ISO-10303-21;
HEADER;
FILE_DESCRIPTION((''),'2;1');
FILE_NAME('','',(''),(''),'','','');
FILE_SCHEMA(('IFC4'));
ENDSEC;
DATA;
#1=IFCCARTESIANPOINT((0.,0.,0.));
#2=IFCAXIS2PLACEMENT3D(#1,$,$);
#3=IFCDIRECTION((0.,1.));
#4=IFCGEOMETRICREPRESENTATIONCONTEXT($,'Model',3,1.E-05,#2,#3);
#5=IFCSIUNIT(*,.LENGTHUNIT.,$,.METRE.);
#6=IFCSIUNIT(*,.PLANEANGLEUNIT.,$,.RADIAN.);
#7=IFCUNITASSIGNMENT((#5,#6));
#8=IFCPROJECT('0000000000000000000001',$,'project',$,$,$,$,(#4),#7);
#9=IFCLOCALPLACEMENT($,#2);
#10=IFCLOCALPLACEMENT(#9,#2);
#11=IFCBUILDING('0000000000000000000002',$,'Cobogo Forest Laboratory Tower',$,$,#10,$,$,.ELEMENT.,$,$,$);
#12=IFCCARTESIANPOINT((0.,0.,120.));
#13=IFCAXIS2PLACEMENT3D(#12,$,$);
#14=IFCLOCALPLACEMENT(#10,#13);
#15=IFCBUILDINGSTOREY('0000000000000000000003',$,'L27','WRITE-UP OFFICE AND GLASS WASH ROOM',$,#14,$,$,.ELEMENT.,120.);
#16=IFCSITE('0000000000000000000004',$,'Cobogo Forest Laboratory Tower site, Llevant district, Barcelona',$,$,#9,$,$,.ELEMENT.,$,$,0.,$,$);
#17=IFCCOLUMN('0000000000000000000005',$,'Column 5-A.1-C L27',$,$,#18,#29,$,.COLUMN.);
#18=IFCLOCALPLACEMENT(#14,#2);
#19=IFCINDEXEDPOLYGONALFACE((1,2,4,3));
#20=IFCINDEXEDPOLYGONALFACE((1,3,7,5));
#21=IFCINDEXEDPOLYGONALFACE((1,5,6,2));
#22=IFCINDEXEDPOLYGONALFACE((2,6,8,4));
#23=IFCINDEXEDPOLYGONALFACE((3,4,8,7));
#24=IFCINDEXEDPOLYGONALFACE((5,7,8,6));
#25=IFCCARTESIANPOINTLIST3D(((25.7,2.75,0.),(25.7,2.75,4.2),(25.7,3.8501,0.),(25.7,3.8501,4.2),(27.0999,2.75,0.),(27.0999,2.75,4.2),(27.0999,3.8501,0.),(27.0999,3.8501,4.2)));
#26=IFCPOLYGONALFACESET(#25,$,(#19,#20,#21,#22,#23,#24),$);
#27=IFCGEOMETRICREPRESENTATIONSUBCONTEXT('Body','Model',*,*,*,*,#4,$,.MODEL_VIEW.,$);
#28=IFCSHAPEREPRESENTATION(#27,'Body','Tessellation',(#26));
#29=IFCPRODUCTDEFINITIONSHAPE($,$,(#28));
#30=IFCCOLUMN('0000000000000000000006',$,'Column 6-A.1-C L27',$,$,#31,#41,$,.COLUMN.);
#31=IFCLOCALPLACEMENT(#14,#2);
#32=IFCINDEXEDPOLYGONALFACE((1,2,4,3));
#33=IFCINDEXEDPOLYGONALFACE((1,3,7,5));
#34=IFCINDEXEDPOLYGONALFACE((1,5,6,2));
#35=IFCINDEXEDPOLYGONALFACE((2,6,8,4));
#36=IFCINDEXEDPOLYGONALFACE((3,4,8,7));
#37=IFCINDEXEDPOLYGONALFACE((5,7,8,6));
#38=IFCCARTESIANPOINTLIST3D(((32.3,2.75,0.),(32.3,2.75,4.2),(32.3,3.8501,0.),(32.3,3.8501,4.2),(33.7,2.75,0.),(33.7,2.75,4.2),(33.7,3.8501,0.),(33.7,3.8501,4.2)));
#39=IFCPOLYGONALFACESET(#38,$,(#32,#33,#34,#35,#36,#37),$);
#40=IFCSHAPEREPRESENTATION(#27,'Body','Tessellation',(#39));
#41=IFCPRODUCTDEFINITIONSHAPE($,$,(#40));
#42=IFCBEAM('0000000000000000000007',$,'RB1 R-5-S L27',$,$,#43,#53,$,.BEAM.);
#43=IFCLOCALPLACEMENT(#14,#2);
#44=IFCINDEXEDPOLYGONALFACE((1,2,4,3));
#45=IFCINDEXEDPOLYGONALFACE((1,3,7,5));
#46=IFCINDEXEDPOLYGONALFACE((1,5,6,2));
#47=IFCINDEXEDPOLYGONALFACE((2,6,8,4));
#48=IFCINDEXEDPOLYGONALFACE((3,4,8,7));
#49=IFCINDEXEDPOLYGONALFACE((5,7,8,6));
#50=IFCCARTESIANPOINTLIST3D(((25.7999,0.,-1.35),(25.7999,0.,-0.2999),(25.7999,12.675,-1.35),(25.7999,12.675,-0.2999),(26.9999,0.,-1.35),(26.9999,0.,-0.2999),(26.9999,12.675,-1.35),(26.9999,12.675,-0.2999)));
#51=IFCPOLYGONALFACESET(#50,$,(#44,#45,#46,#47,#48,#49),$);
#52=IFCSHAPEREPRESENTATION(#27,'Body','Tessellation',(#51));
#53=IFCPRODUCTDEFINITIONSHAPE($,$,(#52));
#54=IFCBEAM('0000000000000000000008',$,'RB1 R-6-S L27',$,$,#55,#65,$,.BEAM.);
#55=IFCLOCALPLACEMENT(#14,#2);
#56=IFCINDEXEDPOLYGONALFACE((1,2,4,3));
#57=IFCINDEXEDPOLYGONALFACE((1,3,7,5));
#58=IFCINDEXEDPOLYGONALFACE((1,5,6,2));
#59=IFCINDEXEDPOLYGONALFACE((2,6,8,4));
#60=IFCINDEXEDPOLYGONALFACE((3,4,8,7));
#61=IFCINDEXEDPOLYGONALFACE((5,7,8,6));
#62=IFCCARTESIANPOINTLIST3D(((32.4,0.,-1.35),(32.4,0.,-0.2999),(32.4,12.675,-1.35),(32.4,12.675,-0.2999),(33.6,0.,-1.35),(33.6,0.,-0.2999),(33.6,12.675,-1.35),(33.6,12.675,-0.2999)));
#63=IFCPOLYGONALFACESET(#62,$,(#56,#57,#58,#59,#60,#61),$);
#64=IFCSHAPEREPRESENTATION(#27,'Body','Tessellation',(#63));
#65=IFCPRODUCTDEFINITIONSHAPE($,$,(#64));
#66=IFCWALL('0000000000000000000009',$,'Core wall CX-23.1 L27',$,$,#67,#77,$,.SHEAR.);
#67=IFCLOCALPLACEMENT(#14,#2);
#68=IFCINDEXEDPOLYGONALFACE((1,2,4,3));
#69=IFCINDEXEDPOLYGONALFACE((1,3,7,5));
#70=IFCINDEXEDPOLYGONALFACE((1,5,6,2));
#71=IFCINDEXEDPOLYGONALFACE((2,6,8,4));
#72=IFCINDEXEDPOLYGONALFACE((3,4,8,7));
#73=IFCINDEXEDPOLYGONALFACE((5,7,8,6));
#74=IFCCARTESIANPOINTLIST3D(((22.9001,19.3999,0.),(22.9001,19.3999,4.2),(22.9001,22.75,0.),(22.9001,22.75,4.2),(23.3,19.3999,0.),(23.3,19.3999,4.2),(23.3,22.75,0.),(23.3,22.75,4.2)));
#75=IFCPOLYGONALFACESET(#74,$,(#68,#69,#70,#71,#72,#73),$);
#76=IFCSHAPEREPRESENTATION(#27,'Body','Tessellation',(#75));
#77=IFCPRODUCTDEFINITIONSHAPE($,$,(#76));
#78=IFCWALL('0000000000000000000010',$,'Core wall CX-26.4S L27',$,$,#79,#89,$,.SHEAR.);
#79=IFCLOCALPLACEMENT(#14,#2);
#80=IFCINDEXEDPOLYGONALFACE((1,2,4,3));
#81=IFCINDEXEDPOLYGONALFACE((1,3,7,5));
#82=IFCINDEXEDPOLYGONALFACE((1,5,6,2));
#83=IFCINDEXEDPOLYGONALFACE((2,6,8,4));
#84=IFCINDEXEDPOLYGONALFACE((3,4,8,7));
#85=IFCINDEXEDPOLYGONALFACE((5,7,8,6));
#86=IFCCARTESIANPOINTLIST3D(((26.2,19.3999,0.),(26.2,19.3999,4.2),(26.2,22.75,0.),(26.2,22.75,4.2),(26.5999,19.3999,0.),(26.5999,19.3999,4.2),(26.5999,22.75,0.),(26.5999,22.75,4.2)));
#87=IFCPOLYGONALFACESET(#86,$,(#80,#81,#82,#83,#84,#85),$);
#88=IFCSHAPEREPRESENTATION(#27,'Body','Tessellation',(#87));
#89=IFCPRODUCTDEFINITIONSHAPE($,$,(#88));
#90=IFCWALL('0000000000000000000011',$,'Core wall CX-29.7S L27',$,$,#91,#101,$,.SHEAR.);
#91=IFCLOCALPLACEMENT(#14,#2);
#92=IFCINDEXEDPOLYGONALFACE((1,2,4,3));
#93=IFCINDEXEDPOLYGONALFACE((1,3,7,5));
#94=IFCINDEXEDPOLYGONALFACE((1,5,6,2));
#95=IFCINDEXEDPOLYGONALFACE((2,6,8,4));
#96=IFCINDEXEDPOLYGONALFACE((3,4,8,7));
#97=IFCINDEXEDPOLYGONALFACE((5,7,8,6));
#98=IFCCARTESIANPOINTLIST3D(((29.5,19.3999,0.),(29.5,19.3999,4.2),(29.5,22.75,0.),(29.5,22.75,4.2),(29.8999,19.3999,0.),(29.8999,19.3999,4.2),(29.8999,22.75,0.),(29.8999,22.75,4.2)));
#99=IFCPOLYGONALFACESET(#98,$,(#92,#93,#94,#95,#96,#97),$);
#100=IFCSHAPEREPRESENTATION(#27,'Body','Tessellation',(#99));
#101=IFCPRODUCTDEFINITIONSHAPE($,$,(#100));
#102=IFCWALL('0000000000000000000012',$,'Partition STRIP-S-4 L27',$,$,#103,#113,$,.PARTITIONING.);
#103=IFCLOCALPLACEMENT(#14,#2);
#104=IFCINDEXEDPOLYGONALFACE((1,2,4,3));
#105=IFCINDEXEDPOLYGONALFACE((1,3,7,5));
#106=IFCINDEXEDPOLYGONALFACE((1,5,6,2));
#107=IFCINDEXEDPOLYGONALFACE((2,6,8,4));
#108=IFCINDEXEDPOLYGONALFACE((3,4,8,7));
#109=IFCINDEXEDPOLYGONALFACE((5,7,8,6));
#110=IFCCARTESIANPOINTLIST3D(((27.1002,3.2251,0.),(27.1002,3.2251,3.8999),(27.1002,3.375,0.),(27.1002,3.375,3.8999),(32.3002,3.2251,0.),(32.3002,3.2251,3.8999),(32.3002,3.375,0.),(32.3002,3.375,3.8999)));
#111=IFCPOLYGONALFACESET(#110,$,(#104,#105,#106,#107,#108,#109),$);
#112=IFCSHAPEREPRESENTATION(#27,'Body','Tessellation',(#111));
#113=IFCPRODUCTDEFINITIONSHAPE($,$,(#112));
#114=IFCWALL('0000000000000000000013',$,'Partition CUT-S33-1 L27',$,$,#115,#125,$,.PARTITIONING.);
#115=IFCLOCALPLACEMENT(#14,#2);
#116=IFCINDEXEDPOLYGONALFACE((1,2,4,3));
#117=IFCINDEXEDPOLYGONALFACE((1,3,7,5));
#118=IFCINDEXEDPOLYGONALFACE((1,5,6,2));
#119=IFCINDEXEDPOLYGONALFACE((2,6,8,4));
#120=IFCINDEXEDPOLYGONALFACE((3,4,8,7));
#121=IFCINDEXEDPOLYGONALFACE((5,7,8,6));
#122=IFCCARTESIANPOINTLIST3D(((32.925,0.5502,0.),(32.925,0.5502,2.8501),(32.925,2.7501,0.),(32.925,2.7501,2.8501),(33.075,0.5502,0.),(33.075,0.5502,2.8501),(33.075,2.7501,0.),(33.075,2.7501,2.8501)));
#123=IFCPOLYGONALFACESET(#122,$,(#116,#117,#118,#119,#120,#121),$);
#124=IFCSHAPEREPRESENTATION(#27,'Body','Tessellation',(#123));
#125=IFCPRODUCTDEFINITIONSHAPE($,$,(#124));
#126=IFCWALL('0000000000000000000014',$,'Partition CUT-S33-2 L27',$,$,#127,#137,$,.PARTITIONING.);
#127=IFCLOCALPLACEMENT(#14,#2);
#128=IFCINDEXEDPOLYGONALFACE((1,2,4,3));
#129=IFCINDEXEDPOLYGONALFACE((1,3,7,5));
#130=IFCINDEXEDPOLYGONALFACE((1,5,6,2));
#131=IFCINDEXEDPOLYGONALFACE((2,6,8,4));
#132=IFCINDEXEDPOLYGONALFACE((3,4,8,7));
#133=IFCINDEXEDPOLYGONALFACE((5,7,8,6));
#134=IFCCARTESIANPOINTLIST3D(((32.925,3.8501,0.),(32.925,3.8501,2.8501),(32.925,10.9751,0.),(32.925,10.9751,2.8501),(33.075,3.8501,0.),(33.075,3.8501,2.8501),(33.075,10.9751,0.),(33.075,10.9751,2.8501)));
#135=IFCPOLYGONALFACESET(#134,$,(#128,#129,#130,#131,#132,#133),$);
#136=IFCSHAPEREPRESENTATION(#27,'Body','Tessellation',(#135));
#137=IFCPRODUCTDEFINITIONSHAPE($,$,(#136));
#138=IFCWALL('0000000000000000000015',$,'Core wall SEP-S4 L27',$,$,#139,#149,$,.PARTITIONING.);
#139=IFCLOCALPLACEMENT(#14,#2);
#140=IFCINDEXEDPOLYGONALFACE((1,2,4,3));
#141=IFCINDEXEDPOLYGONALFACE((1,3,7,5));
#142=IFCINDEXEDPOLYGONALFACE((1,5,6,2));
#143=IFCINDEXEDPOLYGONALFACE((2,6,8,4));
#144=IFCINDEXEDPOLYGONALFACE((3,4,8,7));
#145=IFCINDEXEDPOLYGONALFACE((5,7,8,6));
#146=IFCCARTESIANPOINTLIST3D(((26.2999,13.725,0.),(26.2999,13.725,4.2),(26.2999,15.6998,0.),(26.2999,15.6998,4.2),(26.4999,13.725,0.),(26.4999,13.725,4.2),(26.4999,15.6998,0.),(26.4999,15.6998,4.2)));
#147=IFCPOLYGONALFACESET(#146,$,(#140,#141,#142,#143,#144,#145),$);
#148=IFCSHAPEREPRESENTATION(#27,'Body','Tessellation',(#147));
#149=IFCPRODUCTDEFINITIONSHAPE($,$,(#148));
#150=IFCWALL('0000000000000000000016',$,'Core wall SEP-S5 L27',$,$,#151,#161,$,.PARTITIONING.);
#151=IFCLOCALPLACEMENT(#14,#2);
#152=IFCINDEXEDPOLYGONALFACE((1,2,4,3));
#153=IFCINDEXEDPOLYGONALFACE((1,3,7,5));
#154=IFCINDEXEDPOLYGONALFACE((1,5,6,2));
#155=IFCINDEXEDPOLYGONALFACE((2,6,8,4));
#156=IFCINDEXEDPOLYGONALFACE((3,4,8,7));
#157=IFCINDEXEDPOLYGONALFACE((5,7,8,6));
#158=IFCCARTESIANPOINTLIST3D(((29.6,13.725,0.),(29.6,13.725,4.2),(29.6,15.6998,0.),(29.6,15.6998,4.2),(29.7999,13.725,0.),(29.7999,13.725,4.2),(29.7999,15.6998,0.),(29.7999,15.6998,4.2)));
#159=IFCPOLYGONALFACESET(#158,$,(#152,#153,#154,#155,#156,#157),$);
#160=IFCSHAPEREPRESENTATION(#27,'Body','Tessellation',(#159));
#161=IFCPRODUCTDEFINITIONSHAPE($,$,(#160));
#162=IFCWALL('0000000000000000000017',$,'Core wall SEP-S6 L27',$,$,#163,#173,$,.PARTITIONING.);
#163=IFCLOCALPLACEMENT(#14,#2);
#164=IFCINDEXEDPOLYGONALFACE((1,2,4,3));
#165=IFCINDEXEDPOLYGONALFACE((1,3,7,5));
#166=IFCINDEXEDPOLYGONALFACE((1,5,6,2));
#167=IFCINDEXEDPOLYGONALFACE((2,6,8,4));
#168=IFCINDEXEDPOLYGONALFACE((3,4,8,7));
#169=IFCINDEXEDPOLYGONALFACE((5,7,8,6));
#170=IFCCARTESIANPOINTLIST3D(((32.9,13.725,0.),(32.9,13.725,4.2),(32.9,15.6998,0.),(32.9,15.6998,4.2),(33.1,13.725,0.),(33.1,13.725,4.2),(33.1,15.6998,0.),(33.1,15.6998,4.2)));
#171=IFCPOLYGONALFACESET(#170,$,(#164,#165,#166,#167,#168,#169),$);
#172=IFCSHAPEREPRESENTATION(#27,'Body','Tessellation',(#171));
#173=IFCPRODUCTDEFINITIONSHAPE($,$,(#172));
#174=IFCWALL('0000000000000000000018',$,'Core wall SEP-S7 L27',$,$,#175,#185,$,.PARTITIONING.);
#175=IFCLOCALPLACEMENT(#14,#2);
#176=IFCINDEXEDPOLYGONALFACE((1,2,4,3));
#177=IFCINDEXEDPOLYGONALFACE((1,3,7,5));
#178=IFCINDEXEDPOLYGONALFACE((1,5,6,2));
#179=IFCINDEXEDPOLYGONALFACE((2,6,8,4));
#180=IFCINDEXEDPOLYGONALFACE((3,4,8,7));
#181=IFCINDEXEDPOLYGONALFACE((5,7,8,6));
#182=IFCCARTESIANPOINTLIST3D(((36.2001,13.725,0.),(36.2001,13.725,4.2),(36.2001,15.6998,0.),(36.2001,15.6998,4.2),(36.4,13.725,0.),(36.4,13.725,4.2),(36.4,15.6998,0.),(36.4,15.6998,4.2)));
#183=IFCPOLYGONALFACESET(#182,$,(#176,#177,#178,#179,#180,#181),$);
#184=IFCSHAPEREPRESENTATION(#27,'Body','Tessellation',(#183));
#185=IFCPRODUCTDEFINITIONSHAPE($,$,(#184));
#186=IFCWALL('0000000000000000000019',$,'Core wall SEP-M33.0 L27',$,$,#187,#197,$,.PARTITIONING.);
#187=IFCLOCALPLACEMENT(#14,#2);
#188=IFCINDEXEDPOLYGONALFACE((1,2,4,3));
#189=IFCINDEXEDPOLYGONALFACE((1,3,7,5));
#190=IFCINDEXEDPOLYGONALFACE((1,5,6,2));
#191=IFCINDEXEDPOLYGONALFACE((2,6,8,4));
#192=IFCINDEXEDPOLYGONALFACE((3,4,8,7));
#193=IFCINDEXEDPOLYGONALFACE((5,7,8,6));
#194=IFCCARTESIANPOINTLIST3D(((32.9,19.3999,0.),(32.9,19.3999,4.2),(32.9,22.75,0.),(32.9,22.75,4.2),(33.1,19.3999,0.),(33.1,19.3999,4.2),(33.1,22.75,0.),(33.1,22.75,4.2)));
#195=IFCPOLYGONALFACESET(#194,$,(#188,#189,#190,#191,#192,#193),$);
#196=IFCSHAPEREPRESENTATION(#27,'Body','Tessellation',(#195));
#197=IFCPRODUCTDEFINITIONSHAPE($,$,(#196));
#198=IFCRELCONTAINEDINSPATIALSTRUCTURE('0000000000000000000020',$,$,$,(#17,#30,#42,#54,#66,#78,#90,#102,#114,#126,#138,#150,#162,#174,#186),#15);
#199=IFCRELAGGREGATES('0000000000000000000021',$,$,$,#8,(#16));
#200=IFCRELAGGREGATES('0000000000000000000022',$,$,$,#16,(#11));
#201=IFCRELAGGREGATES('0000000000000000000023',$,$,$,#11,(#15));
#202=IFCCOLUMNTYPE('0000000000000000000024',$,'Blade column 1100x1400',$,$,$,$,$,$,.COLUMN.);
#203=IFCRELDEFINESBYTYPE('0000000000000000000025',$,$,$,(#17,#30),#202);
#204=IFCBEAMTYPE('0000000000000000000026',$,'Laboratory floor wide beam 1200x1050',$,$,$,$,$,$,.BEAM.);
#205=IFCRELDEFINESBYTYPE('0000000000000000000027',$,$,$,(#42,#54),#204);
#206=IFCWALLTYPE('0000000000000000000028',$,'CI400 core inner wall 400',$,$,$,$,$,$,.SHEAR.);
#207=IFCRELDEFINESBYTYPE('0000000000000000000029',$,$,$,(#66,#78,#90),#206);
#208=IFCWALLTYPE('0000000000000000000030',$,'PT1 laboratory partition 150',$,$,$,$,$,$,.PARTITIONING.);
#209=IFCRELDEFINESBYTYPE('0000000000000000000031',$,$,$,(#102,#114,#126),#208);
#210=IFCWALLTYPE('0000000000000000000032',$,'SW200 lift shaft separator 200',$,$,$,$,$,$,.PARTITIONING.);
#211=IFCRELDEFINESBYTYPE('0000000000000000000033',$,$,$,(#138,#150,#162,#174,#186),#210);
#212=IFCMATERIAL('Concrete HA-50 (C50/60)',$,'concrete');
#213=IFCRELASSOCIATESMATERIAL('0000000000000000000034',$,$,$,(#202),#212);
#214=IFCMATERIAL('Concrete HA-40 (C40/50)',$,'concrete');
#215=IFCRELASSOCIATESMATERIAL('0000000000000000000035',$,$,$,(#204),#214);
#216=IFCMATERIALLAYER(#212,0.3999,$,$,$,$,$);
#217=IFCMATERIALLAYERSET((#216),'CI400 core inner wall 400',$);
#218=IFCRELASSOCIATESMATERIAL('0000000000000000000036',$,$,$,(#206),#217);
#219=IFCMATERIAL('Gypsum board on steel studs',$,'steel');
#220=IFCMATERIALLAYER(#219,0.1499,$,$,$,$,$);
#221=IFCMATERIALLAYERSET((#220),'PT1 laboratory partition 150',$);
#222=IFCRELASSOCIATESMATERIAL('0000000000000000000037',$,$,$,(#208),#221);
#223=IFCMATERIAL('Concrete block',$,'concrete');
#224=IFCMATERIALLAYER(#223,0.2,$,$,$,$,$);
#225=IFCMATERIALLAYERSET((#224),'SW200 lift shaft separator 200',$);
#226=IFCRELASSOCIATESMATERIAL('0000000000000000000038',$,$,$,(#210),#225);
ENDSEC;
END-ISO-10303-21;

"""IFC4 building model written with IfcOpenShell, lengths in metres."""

from ifc_helpers import new_model, si_unit, direction, frame, frame_2d, origin, origin_2d, place, context, subcontext, project, spatial, rectangle, extrude, material, layer, layer_set, material_profile, profile_set, type_object, element, save


model = new_model("IFC4")

# Units and contexts
model_context = context("Model", 3, precision=1e-05, world=origin(), true_north=direction((0.0, 1.0)))
body_context = subcontext(model_context, "Body", "Model", "MODEL_VIEW")
ifc_project = project(units=[si_unit("LENGTHUNIT", "METRE"), si_unit("PLANEANGLEUNIT", "RADIAN")], contexts=[model_context])

# Site, building, storey
site_placement = place(None, origin())
site = spatial("IfcSite", under=ifc_project, at=site_placement, Name="Cobogo Forest Laboratory Tower site, Llevant district, Barcelona", CompositionType="ELEMENT", RefElevation=0.0)
building_placement = place(site_placement, origin())
building = spatial("IfcBuilding", under=site, at=building_placement, Name="Cobogo Forest Laboratory Tower", CompositionType="ELEMENT")
storey_placement = place(building_placement, frame((0.0, 0.0, 120.0)))
storey = spatial("IfcBuildingStorey", under=building, at=storey_placement, Name="L27", Description="WRITE-UP OFFICE AND GLASS WASH ROOM", CompositionType="ELEMENT", Elevation=120.0)

# Columns
ifc_material_1 = material(Name="Concrete HA-50 (C50/60)", Category="concrete")
ifc_material_profile_1 = material_profile(ifc_material_1, rectangle(XDim=1.3999, YDim=1.1001, at=origin_2d()), Name="RC 1100x1400")
ifc_profile_set_1 = profile_set([ifc_material_profile_1], Name="Concrete HA-50 (C50/60)")
column_type = type_object("IfcColumnType", Name="Blade column 1100x1400", PredefinedType="COLUMN", material=ifc_profile_set_1)
for number, where, z_axis, x_axis, name in (
    (1, (26.3999, 3.3, 0.0), (0.0, 0.0, 1.0), (1.0, 0.0, 0.0), "Column 5-A.1-C L27"),
    (2, (33.0, 3.3, 0.0), (0.0, 0.0, 1.0), (1.0, 0.0, 0.0), "Column 6-A.1-C L27"),
):
    element("IfcColumn", number, at=place(storey_placement, frame(where, z_axis=z_axis, x_axis=x_axis)), inside=storey, type_object=column_type, Name=name, PredefinedType="COLUMN", context=body_context, shape_type="SweptSolid", body=[
        extrude(rectangle(XDim=1.3999, YDim=1.1001, at=origin_2d()), origin(), (0.0, 0.0, 1.0), 4.2),
    ])

# Beams
ifc_material_2 = material(Name="Concrete HA-40 (C40/50)", Category="concrete")
ifc_material_profile_2 = material_profile(ifc_material_2, rectangle(XDim=1.2, YDim=1.05, at=origin_2d()), Name="RC 1200x1050")
ifc_profile_set_2 = profile_set([ifc_material_profile_2], Name="Concrete HA-40 (C40/50)")
beam_type = type_object("IfcBeamType", Name="Laboratory floor wide beam 1200x1050", PredefinedType="BEAM", material=ifc_profile_set_2)
for number, where, z_axis, x_axis, name in (
    (3, (26.3999, 12.675, -0.825), (0.0, -1.0, 0.0), (1.0, 0.0, 0.0), "RB1 R-5-S L27"),
    (4, (33.0, 12.675, -0.825), (0.0, -1.0, 0.0), (1.0, 0.0, 0.0), "RB1 R-6-S L27"),
):
    element("IfcBeam", number, at=place(storey_placement, frame(where, z_axis=z_axis, x_axis=x_axis)), inside=storey, type_object=beam_type, Name=name, PredefinedType="BEAM", context=body_context, shape_type="SweptSolid", body=[
        extrude(rectangle(XDim=1.2, YDim=1.05, at=origin_2d()), origin(), (0.0, 0.0, 1.0), 12.675),
    ])

# Walls
ifc_layer_1 = layer(ifc_material_1, 0.3999)
ifc_layer_set_1 = layer_set([ifc_layer_1], Name="CI400 core inner wall 400")
wall_type_1 = type_object("IfcWallType", Name="CI400 core inner wall 400", PredefinedType="SHEAR", material=ifc_layer_set_1)
for number, where, z_axis, x_axis, name in (
    (5, (23.1001, 19.3999, 0.0), (0.0, 0.0, 1.0), (0.0, 1.0, 0.0), "Core wall CX-23.1 L27"),
    (6, (26.3999, 19.3999, 0.0), (0.0, 0.0, 1.0), (0.0, 1.0, 0.0), "Core wall CX-26.4S L27"),
    (7, (29.7, 19.3999, 0.0), (0.0, 0.0, 1.0), (0.0, 1.0, 0.0), "Core wall CX-29.7S L27"),
):
    element("IfcWall", number, at=place(storey_placement, frame(where, z_axis=z_axis, x_axis=x_axis)), inside=storey, type_object=wall_type_1, Name=name, PredefinedType="SHEAR", context=body_context, shape_type="SweptSolid", body=[
        extrude(rectangle(XDim=3.3501, YDim=0.3999, at=frame_2d((1.675, 0.0))), origin(), (0.0, 0.0, 1.0), 4.2),
    ])
ifc_material_3 = material(Name="Gypsum board on steel studs", Category="steel")
ifc_layer_2 = layer(ifc_material_3, 0.1499)
ifc_layer_set_2 = layer_set([ifc_layer_2], Name="PT1 laboratory partition 150")
wall_type_2 = type_object("IfcWallType", Name="PT1 laboratory partition 150", PredefinedType="PARTITIONING", material=ifc_layer_set_2)
wall_1_placement = place(storey_placement, frame((27.1001, 3.3, 0.0), z_axis=(0.0, 0.0, 1.0), x_axis=(1.0, 0.0, 0.0)))
element("IfcWall", 8, at=wall_1_placement, inside=storey, type_object=wall_type_2, Name="Partition STRIP-S-4 L27", PredefinedType="PARTITIONING", context=body_context, shape_type="SweptSolid", body=[
    extrude(rectangle(XDim=5.2, YDim=0.1499, at=frame_2d((2.6001, 0.0))), origin(), (0.0, 0.0, 1.0), 3.8999),
])
wall_2_placement = place(storey_placement, frame((33.0, 0.55, 0.0), z_axis=(0.0, 0.0, 1.0), x_axis=(0.0, 1.0, 0.0)))
element("IfcWall", 9, at=wall_2_placement, inside=storey, type_object=wall_type_2, Name="Partition CUT-S33-1 L27", PredefinedType="PARTITIONING", context=body_context, shape_type="SweptSolid", body=[
    extrude(rectangle(XDim=2.2, YDim=0.1499, at=frame_2d((1.1001, 0.0))), origin(), (0.0, 0.0, 1.0), 2.8501),
])
wall_3_placement = place(storey_placement, frame((33.0, 3.8501, 0.0), z_axis=(0.0, 0.0, 1.0), x_axis=(0.0, 1.0, 0.0)))
element("IfcWall", 10, at=wall_3_placement, inside=storey, type_object=wall_type_2, Name="Partition CUT-S33-2 L27", PredefinedType="PARTITIONING", context=body_context, shape_type="SweptSolid", body=[
    extrude(rectangle(XDim=7.125, YDim=0.1499, at=frame_2d((3.5625, 0.0))), origin(), (0.0, 0.0, 1.0), 2.8501),
])
ifc_material_4 = material(Name="Concrete block", Category="concrete")
ifc_layer_3 = layer(ifc_material_4, 0.2)
ifc_layer_set_3 = layer_set([ifc_layer_3], Name="SW200 lift shaft separator 200")
wall_type_3 = type_object("IfcWallType", Name="SW200 lift shaft separator 200", PredefinedType="PARTITIONING", material=ifc_layer_set_3)
for number, where, z_axis, x_axis, name in (
    (11, (26.3999, 13.7251, 0.0), (0.0, 0.0, 1.0), (0.0, 1.0, 0.0), "Core wall SEP-S4 L27"),
    (12, (29.7, 13.7251, 0.0), (0.0, 0.0, 1.0), (0.0, 1.0, 0.0), "Core wall SEP-S5 L27"),
    (13, (33.0, 13.7251, 0.0), (0.0, 0.0, 1.0), (0.0, 1.0, 0.0), "Core wall SEP-S6 L27"),
    (14, (36.3, 13.7251, 0.0), (0.0, 0.0, 1.0), (0.0, 1.0, 0.0), "Core wall SEP-S7 L27"),
):
    element("IfcWall", number, at=place(storey_placement, frame(where, z_axis=z_axis, x_axis=x_axis)), inside=storey, type_object=wall_type_3, Name=name, PredefinedType="PARTITIONING", context=body_context, shape_type="SweptSolid", body=[
        extrude(rectangle(XDim=1.9749, YDim=0.2, at=frame_2d((0.9873, 0.0))), origin(), (0.0, 0.0, 1.0), 4.2),
    ])
wall_4_placement = place(storey_placement, frame((33.0, 19.3999, 0.0), z_axis=(0.0, 0.0, 1.0), x_axis=(0.0, 1.0, 0.0)))
element("IfcWall", 15, at=wall_4_placement, inside=storey, type_object=wall_type_3, Name="Core wall SEP-M33.0 L27", PredefinedType="PARTITIONING", context=body_context, shape_type="SweptSolid", body=[
    extrude(rectangle(XDim=3.3501, YDim=0.2, at=frame_2d((1.675, 0.0))), origin(), (0.0, 0.0, 1.0), 4.2),
])

save(model, "model.ifc")
